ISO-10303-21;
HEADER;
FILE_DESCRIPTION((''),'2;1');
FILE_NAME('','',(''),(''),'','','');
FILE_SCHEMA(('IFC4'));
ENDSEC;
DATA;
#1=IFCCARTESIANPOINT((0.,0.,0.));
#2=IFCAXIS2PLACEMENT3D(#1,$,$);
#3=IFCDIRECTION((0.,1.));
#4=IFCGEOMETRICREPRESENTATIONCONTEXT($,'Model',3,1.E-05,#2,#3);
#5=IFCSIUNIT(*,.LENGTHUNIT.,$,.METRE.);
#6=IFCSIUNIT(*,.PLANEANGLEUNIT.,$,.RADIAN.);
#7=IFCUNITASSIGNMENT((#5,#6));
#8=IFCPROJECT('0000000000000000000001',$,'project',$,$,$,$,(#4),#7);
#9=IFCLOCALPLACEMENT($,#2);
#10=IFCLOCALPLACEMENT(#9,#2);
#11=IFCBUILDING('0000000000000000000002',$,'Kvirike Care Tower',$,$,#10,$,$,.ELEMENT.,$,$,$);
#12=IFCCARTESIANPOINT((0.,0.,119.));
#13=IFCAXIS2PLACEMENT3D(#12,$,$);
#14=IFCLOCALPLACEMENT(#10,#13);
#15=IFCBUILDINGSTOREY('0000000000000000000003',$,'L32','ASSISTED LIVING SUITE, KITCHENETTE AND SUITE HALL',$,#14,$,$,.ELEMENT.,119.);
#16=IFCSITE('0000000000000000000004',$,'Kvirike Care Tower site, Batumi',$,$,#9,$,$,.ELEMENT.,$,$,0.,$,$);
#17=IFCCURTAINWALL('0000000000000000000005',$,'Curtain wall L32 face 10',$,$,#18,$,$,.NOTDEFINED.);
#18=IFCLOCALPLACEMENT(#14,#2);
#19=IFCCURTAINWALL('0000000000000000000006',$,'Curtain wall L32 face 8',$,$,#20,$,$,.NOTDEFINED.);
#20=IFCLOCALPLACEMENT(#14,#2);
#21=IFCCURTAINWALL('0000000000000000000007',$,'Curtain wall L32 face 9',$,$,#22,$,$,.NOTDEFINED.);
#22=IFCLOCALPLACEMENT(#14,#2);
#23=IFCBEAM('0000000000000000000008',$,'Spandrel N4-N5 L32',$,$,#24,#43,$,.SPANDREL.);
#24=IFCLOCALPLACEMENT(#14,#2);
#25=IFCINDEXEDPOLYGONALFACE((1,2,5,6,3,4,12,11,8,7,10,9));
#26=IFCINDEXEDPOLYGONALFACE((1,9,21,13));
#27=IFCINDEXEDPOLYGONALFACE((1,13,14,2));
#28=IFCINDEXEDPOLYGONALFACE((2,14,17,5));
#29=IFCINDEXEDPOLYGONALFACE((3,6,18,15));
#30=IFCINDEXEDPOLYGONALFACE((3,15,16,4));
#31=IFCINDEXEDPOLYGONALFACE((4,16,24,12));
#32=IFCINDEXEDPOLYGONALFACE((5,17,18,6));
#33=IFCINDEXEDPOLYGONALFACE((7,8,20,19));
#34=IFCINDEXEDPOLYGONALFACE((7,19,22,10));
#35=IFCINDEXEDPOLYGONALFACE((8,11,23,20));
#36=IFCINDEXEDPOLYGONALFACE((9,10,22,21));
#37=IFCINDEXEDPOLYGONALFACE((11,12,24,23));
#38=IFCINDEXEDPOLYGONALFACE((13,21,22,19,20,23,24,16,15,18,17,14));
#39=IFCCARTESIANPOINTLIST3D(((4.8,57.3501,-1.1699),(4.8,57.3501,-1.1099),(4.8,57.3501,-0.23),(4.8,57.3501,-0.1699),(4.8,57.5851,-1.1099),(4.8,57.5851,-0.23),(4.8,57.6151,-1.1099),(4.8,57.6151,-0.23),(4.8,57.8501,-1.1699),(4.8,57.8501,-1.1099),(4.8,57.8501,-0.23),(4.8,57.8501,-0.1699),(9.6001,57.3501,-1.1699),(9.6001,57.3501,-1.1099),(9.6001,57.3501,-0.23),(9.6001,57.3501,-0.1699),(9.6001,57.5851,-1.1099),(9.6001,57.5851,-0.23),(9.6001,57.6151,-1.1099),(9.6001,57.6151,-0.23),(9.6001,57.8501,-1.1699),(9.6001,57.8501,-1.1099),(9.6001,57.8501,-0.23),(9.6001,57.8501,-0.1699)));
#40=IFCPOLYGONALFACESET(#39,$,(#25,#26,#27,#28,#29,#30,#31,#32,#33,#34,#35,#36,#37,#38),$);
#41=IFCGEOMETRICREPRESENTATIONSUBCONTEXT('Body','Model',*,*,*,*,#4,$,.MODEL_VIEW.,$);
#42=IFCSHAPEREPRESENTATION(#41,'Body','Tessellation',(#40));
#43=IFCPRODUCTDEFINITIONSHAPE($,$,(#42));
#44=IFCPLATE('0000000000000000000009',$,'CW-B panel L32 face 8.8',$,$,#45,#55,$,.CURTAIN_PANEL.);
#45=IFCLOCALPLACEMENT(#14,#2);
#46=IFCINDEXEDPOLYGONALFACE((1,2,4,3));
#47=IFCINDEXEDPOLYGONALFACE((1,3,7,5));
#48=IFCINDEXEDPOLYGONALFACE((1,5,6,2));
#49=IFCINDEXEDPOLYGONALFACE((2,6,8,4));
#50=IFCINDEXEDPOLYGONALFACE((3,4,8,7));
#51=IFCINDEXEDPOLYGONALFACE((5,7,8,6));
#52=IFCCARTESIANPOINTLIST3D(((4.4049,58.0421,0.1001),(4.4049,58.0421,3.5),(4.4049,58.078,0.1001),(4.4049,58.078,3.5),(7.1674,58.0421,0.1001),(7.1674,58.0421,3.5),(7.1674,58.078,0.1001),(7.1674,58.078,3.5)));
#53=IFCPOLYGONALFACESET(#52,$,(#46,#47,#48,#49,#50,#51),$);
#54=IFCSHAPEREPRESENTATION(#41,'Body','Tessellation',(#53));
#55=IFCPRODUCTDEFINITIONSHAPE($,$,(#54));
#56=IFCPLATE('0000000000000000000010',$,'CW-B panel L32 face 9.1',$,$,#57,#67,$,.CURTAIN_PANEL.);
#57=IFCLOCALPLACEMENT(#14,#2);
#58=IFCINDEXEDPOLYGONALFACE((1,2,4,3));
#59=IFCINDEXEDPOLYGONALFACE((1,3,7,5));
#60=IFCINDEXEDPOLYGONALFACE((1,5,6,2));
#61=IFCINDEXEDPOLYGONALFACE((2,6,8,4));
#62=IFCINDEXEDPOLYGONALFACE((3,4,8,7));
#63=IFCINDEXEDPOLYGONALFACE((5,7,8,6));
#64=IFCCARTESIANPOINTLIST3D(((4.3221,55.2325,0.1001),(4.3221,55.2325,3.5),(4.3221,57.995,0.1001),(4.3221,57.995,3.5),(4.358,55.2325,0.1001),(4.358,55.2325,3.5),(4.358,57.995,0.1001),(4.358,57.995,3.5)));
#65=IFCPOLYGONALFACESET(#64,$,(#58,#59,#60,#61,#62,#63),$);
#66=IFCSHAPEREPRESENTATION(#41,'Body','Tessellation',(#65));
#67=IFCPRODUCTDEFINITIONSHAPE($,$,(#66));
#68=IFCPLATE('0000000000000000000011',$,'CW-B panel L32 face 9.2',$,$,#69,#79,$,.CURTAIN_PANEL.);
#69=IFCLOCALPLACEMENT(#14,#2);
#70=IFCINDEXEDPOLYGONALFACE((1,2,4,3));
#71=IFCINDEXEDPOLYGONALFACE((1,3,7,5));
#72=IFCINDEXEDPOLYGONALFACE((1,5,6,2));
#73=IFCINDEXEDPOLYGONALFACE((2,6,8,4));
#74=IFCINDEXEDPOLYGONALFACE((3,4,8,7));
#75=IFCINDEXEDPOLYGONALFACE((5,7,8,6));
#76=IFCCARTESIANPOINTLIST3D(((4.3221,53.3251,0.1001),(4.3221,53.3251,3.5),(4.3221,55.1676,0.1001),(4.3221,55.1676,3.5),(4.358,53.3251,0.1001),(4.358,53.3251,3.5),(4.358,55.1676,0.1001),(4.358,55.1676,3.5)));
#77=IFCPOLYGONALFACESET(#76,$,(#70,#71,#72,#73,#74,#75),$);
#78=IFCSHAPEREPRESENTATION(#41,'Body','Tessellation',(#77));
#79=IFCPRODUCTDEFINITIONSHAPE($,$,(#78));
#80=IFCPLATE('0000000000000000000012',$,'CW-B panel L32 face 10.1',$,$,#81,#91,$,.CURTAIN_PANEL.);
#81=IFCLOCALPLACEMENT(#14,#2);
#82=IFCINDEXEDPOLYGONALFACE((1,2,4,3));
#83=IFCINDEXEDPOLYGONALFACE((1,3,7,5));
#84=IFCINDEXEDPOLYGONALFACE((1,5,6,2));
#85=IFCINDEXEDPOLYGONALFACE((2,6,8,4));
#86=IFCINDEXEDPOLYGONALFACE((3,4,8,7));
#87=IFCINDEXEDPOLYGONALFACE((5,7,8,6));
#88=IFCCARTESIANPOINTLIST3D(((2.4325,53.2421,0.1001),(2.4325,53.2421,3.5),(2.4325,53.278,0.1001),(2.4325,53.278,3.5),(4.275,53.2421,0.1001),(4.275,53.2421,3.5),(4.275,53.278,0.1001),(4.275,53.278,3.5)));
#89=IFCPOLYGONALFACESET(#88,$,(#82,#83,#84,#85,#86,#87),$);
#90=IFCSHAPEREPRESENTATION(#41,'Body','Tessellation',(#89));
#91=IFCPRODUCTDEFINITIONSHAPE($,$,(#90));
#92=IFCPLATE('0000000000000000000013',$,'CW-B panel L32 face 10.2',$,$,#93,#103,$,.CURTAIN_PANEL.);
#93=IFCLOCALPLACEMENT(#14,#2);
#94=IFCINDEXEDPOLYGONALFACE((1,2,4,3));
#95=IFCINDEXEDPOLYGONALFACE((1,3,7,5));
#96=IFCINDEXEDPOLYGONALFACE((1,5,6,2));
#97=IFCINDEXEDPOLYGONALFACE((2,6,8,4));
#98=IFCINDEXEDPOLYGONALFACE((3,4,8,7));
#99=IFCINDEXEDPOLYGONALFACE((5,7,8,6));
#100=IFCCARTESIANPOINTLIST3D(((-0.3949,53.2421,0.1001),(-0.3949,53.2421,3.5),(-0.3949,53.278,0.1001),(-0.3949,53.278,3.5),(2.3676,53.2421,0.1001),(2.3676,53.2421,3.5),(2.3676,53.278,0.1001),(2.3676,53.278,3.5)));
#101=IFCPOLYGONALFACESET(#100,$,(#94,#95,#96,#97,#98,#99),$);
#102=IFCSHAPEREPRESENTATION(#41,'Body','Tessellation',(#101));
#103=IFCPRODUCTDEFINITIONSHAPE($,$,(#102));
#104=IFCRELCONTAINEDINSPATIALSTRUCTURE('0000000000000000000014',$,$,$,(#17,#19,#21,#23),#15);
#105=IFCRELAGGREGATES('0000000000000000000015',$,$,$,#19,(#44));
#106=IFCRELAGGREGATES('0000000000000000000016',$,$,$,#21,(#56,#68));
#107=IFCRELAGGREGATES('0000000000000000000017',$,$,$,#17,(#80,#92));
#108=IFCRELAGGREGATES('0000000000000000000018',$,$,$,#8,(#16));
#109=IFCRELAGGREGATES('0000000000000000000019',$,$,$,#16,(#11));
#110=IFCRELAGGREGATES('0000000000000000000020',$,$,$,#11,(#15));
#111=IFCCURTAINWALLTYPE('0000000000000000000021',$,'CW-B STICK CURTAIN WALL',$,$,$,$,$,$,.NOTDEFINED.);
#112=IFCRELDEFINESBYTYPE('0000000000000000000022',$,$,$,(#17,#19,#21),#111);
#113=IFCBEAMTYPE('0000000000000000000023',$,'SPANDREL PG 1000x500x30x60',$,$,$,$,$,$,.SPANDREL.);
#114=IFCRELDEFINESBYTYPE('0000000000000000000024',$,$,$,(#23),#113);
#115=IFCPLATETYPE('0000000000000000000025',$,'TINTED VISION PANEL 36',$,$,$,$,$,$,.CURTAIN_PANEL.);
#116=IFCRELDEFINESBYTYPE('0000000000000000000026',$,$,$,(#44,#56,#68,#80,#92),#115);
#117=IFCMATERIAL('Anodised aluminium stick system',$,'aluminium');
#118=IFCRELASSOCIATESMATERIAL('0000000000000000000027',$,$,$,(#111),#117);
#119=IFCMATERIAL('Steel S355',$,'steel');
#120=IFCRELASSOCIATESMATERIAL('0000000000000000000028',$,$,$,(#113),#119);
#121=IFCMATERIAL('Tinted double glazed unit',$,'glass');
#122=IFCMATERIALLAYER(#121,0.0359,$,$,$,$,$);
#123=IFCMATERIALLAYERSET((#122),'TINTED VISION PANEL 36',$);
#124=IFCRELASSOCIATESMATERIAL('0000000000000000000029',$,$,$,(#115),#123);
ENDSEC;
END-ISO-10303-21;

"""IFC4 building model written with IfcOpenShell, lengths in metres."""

from ifc_helpers import new_model, si_unit, direction, frame, origin, origin_2d, place, context, subcontext, project, spatial, rectangle, i_section, extrude, material, layer, layer_set, material_profile, profile_set, type_object, element, aggregate, save


model = new_model("IFC4")

# Units and contexts
model_context = context("Model", 3, precision=1e-05, world=origin(), true_north=direction((0.0, 1.0)))
body_context = subcontext(model_context, "Body", "Model", "MODEL_VIEW")
ifc_project = project(units=[si_unit("LENGTHUNIT", "METRE"), si_unit("PLANEANGLEUNIT", "RADIAN")], contexts=[model_context])

# Site, building, storey
site_placement = place(None, origin())
site = spatial("IfcSite", under=ifc_project, at=site_placement, Name="Kvirike Care Tower site, Batumi", CompositionType="ELEMENT", RefElevation=0.0)
building_placement = place(site_placement, origin())
building = spatial("IfcBuilding", under=site, at=building_placement, Name="Kvirike Care Tower", CompositionType="ELEMENT")
storey_placement = place(building_placement, frame((0.0, 0.0, 119.0)))
storey = spatial("IfcBuildingStorey", under=building, at=storey_placement, Name="L32", Description="ASSISTED LIVING SUITE, KITCHENETTE AND SUITE HALL", CompositionType="ELEMENT", Elevation=119.0)

# Curtain wall
ifc_material_1 = material(Name="Anodised aluminium stick system", Category="aluminium")
curtain_wall_type = type_object("IfcCurtainWallType", Name="CW-B STICK CURTAIN WALL", PredefinedType="NOTDEFINED", material=ifc_material_1)
curtain_wall_1_placement = place(storey_placement, origin())
curtain_wall_1 = element("IfcCurtainWall", 1, at=curtain_wall_1_placement, inside=storey, type_object=curtain_wall_type, Name="Curtain wall L32 face 10", PredefinedType="NOTDEFINED")

# Curtain walls
curtain_wall_2_placement = place(storey_placement, origin())
curtain_wall_2 = element("IfcCurtainWall", 2, at=curtain_wall_2_placement, inside=storey, type_object=curtain_wall_type, Name="Curtain wall L32 face 8", PredefinedType="NOTDEFINED")
curtain_wall_3_placement = place(storey_placement, origin())
curtain_wall_3 = element("IfcCurtainWall", 3, at=curtain_wall_3_placement, inside=storey, type_object=curtain_wall_type, Name="Curtain wall L32 face 9", PredefinedType="NOTDEFINED")

# Beam
ifc_material_2 = material(Name="Steel S355", Category="steel")
ifc_material_profile_1 = material_profile(ifc_material_2, i_section(OverallWidth=0.5, OverallDepth=1.0, WebThickness=0.03, FlangeThickness=0.0601, at=origin_2d()), Name="PG 1000x500x30x60")
ifc_profile_set_1 = profile_set([ifc_material_profile_1], Name="Steel S355")
beam_type = type_object("IfcBeamType", Name="SPANDREL PG 1000x500x30x60", PredefinedType="SPANDREL", material=ifc_profile_set_1)
beam_placement = place(storey_placement, frame((4.8, 57.6001, -0.6699), z_axis=(1.0, 0.0, 0.0), x_axis=(0.0, 1.0, 0.0)))
element("IfcBeam", 4, at=beam_placement, inside=storey, type_object=beam_type, Name="Spandrel N4-N5 L32", PredefinedType="SPANDREL", context=body_context, shape_type="SweptSolid", body=[
    extrude(i_section(OverallWidth=0.5, OverallDepth=1.0, WebThickness=0.03, FlangeThickness=0.0601, at=origin_2d()), origin(), (0.0, 0.0, 1.0), 4.8),
])

# Plates
ifc_material_3 = material(Name="Tinted double glazed unit", Category="glass")
ifc_layer = layer(ifc_material_3, 0.0359)
ifc_layer_set = layer_set([ifc_layer], Name="TINTED VISION PANEL 36")
plate_type = type_object("IfcPlateType", Name="TINTED VISION PANEL 36", PredefinedType="CURTAIN_PANEL", material=ifc_layer_set)
plate_1_placement = place(storey_placement, frame((5.7861, 58.0601, 0.1001), z_axis=(0.0, 0.0, 1.0), x_axis=(-1.0, 0.0, 0.0)))
plate_1 = element("IfcPlate", 5, at=plate_1_placement, type_object=plate_type, Name="CW-B panel L32 face 8.8", PredefinedType="CURTAIN_PANEL", context=body_context, shape_type="SweptSolid", body=[
    extrude(rectangle(XDim=2.7625, YDim=0.0359, at=origin_2d()), origin(), (0.0, 0.0, 1.0), 3.3999),
])
aggregate(curtain_wall_2, [plate_1])
plate_2_placement = place(storey_placement, frame((4.3401, 56.6138, 0.1001), z_axis=(0.0, 0.0, 1.0), x_axis=(0.0, -1.0, 0.0)))
plate_2 = element("IfcPlate", 6, at=plate_2_placement, type_object=plate_type, Name="CW-B panel L32 face 9.1", PredefinedType="CURTAIN_PANEL", context=body_context, shape_type="SweptSolid", body=[
    extrude(rectangle(XDim=2.7625, YDim=0.0359, at=origin_2d()), origin(), (0.0, 0.0, 1.0), 3.3999),
])
plate_3_placement = place(storey_placement, frame((4.3401, 54.2463, 0.1001), z_axis=(0.0, 0.0, 1.0), x_axis=(0.0, -1.0, 0.0)))
plate_3 = element("IfcPlate", 7, at=plate_3_placement, type_object=plate_type, Name="CW-B panel L32 face 9.2", PredefinedType="CURTAIN_PANEL", context=body_context, shape_type="SweptSolid", body=[
    extrude(rectangle(XDim=1.8425, YDim=0.0359, at=origin_2d()), origin(), (0.0, 0.0, 1.0), 3.3999),
])
aggregate(curtain_wall_3, [plate_2, plate_3])
plate_4_placement = place(storey_placement, frame((3.3538, 53.26, 0.1001), z_axis=(0.0, 0.0, 1.0), x_axis=(-1.0, 0.0, 0.0)))
plate_4 = element("IfcPlate", 8, at=plate_4_placement, type_object=plate_type, Name="CW-B panel L32 face 10.1", PredefinedType="CURTAIN_PANEL", context=body_context, shape_type="SweptSolid", body=[
    extrude(rectangle(XDim=1.8425, YDim=0.0359, at=origin_2d()), origin(), (0.0, 0.0, 1.0), 3.3999),
])
plate_5_placement = place(storey_placement, frame((0.9863, 53.26, 0.1001), z_axis=(0.0, 0.0, 1.0), x_axis=(-1.0, 0.0, 0.0)))
plate_5 = element("IfcPlate", 9, at=plate_5_placement, type_object=plate_type, Name="CW-B panel L32 face 10.2", PredefinedType="CURTAIN_PANEL", context=body_context, shape_type="SweptSolid", body=[
    extrude(rectangle(XDim=2.7625, YDim=0.0359, at=origin_2d()), origin(), (0.0, 0.0, 1.0), 3.3999),
])
aggregate(curtain_wall_1, [plate_4, plate_5])

save(model, "model.ifc")
